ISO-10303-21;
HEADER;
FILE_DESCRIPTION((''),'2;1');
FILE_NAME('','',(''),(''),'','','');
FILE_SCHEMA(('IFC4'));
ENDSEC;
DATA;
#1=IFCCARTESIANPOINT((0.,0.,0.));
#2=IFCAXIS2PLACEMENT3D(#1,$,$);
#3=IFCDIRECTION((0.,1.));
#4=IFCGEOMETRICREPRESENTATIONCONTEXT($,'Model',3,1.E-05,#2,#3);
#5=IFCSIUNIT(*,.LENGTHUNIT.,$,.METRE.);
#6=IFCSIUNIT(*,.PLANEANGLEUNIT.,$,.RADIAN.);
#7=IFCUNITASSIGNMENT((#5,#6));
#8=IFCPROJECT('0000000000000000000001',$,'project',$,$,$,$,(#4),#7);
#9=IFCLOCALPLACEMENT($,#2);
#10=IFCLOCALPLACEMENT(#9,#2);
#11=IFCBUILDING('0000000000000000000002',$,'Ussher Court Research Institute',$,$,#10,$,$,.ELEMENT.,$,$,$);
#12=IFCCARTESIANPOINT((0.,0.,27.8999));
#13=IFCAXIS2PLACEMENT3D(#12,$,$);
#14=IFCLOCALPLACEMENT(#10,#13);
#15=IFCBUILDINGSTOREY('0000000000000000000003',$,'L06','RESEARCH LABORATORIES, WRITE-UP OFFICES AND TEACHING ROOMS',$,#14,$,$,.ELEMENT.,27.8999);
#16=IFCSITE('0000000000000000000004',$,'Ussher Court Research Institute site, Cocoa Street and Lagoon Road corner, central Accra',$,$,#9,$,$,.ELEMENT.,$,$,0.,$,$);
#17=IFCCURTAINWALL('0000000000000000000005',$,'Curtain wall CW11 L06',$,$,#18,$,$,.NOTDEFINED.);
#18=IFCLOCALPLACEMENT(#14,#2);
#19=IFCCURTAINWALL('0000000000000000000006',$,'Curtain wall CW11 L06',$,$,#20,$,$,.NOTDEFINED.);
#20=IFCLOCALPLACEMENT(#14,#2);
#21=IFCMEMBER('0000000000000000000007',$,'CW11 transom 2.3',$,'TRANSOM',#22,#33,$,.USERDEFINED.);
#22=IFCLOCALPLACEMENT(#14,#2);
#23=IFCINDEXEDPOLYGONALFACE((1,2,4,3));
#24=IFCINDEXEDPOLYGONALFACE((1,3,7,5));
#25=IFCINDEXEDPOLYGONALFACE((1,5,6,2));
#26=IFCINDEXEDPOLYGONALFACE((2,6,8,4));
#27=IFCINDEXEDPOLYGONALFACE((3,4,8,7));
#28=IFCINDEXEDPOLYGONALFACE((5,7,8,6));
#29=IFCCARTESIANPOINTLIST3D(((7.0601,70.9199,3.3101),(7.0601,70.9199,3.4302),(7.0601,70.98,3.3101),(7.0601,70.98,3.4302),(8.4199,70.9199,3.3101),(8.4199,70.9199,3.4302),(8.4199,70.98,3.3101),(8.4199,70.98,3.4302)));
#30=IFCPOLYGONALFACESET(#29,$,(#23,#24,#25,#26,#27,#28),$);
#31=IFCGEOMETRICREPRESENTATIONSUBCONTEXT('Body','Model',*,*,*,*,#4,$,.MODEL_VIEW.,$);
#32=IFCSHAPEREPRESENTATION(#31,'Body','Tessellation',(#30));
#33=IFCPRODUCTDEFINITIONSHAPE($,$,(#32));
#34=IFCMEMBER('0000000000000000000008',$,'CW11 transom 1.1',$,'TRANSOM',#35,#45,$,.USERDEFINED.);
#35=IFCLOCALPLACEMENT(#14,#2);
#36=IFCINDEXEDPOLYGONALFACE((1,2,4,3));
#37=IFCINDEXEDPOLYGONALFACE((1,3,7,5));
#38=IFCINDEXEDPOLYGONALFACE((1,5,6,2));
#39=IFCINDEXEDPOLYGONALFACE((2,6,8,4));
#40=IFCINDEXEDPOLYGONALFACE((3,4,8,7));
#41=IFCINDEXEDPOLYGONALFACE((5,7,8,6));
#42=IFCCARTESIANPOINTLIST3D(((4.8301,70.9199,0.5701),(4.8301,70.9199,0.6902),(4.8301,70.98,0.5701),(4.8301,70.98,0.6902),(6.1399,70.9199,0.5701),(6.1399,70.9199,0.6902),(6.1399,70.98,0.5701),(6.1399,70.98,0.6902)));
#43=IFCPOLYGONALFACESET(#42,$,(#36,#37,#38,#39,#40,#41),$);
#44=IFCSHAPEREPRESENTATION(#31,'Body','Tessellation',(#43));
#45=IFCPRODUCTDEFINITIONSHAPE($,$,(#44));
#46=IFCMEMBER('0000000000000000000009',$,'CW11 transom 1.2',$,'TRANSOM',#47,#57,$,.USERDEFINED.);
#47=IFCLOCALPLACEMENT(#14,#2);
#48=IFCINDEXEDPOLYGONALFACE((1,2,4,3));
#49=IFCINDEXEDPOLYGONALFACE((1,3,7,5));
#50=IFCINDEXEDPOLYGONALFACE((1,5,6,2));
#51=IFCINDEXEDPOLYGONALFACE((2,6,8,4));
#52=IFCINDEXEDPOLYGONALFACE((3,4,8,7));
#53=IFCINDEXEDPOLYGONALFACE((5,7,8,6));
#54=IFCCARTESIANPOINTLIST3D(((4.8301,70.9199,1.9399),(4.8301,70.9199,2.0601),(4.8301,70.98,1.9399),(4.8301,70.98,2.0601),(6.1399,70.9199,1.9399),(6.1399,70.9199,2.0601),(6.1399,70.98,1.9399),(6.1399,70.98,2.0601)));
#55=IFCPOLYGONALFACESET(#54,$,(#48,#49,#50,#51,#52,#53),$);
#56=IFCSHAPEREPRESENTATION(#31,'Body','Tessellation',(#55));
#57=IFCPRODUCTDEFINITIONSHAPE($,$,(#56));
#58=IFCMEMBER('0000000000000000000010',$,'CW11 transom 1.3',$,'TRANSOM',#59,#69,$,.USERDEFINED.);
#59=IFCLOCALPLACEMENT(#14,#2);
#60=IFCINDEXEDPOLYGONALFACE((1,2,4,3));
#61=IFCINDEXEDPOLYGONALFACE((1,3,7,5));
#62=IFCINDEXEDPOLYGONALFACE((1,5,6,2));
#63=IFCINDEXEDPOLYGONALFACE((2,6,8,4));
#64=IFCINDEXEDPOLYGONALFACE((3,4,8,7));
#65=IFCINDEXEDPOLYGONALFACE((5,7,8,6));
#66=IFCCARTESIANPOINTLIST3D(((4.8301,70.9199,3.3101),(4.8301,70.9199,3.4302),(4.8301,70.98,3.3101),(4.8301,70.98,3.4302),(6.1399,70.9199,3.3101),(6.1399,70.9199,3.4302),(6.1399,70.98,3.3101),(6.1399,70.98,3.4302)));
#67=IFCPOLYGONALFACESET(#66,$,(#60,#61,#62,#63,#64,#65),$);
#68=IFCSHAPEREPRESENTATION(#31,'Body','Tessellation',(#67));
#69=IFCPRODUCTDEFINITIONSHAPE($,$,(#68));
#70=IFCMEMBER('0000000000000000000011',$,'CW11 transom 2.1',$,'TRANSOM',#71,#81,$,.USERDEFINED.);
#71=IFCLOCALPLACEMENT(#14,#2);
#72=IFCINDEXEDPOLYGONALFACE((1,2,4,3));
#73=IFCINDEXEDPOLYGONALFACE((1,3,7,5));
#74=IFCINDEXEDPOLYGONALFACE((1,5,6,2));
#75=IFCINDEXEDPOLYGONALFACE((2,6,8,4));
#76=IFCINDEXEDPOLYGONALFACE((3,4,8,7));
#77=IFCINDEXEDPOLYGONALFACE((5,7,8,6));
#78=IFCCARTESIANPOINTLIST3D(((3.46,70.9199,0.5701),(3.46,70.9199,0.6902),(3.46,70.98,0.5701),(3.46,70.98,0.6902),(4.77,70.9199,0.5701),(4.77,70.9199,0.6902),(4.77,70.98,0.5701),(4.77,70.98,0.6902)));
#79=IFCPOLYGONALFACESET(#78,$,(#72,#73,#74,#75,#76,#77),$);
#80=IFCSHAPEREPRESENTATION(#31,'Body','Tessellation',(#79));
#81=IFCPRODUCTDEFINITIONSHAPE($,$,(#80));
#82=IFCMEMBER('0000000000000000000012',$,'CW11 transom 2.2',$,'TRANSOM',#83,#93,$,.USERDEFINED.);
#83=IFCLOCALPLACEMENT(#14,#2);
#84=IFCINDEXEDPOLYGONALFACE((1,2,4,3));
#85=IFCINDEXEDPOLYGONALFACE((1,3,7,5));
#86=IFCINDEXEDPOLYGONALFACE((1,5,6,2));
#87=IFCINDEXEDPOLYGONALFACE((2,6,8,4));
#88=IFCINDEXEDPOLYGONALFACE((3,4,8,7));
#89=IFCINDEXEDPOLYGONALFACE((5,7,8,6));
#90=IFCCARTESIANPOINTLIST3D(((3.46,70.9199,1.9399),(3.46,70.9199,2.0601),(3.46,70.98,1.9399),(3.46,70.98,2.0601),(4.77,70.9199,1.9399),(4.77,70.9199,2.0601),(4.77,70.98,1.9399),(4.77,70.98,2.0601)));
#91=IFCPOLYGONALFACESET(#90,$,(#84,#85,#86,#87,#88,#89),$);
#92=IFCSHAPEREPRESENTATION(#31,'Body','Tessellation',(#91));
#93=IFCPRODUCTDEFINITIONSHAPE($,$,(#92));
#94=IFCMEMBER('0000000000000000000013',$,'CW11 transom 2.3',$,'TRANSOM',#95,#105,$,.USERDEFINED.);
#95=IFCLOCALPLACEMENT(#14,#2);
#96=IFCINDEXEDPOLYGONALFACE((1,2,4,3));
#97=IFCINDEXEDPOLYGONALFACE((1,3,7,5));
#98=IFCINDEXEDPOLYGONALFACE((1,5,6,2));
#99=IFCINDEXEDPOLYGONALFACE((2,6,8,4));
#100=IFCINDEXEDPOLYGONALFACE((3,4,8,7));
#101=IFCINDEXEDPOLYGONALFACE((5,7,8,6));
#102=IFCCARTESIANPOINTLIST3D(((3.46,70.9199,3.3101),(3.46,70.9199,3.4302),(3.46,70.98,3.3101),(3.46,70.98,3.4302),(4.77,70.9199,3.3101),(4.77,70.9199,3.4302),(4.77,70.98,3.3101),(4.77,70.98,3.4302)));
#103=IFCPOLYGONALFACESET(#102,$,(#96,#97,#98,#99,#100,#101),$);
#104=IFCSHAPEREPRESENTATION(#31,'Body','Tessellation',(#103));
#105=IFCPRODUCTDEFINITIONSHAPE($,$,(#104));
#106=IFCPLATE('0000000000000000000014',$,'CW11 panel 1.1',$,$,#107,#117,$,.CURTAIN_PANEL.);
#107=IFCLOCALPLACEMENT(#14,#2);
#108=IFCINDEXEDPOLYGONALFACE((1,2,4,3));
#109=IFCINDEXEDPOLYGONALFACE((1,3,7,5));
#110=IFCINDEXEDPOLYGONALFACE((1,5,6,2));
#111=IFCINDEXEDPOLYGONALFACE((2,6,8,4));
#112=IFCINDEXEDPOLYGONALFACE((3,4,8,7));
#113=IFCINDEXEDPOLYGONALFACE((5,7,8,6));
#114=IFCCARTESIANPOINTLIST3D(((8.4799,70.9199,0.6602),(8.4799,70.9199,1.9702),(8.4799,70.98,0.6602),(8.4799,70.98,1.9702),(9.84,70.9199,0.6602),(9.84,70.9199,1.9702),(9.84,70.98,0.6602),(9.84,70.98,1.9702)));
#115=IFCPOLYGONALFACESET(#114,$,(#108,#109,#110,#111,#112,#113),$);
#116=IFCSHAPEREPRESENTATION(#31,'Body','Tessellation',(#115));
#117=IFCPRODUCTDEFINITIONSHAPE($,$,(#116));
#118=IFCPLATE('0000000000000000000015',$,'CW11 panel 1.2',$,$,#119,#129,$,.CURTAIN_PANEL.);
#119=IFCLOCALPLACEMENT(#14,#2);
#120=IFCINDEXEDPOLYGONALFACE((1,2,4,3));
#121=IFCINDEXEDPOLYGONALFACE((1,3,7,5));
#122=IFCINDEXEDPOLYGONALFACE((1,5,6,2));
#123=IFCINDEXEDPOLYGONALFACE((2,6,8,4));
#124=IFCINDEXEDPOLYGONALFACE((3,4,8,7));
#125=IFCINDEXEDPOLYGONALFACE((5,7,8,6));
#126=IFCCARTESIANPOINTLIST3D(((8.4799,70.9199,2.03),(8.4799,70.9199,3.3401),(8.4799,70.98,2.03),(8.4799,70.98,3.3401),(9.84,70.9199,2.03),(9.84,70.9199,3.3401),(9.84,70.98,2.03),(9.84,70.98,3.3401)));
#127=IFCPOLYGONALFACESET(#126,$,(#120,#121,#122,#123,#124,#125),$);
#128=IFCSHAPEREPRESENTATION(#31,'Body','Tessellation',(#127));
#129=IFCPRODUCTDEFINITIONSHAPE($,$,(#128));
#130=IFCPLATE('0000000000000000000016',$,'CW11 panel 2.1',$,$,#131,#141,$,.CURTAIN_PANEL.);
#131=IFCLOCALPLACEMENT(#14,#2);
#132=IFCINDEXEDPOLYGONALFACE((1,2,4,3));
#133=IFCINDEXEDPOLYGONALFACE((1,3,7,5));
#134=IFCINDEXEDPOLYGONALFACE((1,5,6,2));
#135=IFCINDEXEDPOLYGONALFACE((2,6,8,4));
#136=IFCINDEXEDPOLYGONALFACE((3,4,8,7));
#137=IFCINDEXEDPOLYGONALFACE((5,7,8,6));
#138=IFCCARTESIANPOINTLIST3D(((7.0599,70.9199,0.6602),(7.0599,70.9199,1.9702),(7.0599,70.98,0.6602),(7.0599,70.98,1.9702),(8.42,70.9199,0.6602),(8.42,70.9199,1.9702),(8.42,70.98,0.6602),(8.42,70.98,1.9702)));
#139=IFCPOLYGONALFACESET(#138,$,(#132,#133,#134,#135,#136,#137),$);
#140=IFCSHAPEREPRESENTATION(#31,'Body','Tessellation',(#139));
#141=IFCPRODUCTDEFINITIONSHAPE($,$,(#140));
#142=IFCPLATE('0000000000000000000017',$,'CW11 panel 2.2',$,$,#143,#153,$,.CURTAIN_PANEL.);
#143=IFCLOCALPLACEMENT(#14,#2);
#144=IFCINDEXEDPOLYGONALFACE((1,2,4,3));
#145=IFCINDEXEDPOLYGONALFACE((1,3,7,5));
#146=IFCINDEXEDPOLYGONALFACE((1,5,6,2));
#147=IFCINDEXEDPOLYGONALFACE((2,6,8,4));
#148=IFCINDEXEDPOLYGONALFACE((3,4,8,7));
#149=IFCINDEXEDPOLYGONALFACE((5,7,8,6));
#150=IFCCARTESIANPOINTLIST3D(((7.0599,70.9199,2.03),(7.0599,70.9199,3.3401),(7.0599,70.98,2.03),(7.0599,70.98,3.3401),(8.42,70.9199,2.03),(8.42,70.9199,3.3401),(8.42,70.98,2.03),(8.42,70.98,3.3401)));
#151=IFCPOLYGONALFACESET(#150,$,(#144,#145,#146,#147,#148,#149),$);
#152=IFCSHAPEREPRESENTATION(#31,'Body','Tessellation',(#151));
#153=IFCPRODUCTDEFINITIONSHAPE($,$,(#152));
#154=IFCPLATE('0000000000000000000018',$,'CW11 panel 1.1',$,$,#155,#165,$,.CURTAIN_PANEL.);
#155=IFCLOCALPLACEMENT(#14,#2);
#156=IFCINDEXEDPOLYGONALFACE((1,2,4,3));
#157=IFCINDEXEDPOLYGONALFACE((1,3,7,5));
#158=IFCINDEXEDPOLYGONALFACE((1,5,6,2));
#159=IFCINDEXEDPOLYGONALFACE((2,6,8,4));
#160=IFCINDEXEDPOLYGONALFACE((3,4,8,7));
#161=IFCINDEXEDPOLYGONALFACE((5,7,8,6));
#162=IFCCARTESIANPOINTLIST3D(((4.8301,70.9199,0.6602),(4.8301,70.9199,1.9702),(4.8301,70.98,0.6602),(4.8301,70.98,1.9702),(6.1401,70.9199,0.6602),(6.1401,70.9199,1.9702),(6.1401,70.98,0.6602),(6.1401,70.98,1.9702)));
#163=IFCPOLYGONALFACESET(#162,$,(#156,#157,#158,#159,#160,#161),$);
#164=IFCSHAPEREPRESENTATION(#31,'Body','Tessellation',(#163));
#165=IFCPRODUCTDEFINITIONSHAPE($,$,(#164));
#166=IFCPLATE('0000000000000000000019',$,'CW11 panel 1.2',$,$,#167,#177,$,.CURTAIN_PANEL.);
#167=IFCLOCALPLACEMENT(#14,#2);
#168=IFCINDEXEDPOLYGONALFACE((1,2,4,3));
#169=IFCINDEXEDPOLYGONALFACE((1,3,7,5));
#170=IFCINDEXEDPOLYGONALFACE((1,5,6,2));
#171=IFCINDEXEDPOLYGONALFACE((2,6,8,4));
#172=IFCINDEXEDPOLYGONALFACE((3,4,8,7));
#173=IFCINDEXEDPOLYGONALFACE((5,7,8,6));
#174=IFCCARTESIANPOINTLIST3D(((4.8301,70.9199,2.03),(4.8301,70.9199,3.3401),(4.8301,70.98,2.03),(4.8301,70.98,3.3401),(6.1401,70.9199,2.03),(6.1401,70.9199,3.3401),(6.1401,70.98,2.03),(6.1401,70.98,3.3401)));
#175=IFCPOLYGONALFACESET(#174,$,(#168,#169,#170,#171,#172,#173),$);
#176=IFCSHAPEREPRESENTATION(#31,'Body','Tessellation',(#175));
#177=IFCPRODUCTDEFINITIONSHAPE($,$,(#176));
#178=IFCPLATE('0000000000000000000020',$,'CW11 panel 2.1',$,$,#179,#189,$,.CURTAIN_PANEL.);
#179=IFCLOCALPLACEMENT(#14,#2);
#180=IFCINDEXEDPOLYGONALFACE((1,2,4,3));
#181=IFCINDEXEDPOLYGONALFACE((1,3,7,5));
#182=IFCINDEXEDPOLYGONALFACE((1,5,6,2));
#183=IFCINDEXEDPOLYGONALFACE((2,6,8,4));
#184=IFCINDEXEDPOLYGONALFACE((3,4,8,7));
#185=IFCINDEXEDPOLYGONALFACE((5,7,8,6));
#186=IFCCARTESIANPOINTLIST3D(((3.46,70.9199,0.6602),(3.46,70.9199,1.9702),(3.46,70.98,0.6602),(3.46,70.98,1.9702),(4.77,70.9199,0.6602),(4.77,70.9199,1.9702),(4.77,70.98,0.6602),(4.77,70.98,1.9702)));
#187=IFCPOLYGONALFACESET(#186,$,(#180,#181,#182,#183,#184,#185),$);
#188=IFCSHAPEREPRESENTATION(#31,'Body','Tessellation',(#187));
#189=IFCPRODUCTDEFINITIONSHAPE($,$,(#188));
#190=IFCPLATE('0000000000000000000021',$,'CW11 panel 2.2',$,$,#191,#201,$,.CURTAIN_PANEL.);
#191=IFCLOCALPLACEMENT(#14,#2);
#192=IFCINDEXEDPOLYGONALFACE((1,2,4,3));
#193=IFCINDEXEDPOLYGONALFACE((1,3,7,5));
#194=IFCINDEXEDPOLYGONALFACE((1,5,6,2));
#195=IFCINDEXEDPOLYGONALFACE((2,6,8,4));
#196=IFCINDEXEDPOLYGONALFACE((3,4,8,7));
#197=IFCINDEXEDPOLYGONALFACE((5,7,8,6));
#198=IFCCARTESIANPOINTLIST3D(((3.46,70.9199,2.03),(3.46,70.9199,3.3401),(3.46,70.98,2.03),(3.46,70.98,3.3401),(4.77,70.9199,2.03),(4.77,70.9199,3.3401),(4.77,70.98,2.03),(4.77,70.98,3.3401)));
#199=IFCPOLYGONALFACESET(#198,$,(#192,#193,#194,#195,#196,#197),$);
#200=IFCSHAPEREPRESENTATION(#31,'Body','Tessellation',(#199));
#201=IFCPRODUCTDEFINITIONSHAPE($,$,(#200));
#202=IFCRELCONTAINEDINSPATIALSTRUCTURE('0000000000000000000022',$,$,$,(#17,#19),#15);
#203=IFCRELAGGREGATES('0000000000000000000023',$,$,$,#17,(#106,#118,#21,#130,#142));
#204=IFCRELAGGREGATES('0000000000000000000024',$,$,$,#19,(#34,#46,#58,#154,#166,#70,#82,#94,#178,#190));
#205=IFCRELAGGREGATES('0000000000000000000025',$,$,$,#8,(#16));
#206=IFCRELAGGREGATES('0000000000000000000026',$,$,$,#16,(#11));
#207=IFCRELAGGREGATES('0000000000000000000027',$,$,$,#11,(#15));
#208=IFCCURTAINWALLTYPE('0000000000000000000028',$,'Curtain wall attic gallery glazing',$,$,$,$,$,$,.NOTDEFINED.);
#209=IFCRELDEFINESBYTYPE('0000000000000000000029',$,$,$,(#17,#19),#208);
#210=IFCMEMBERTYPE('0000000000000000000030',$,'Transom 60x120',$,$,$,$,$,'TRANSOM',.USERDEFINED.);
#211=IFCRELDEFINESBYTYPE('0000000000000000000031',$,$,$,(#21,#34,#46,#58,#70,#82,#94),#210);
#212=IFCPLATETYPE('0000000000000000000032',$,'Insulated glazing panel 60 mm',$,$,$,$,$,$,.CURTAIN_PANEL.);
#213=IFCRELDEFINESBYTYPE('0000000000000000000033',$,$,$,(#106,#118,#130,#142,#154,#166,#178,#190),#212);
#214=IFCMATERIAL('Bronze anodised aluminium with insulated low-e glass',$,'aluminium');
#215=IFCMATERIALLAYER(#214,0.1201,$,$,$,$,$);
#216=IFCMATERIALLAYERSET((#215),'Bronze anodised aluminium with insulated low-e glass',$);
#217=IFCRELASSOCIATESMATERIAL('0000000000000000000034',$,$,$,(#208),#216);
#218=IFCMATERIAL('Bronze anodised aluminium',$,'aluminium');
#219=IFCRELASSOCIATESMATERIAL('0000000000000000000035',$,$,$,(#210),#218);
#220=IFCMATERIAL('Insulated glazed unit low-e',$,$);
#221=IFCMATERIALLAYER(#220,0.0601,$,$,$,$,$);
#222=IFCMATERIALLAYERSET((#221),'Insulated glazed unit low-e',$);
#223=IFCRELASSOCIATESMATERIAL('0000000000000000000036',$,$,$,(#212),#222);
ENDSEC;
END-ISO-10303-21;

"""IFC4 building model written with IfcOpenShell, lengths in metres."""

from ifc_helpers import new_model, si_unit, direction, frame, origin, origin_2d, place, context, subcontext, project, spatial, rectangle, extrude, material, layer, layer_set, material_profile, profile_set, type_object, element, aggregate, save


model = new_model("IFC4")

# Units and contexts
model_context = context("Model", 3, precision=1e-05, world=origin(), true_north=direction((0.0, 1.0)))
body_context = subcontext(model_context, "Body", "Model", "MODEL_VIEW")
ifc_project = project(units=[si_unit("LENGTHUNIT", "METRE"), si_unit("PLANEANGLEUNIT", "RADIAN")], contexts=[model_context])

# Site, building, storey
site_placement = place(None, origin())
site = spatial("IfcSite", under=ifc_project, at=site_placement, Name="Ussher Court Research Institute site, Cocoa Street and Lagoon Road corner, central Accra", CompositionType="ELEMENT", RefElevation=0.0)
building_placement = place(site_placement, origin())
building = spatial("IfcBuilding", under=site, at=building_placement, Name="Ussher Court Research Institute", CompositionType="ELEMENT")
storey_placement = place(building_placement, frame((0.0, 0.0, 27.8999)))
storey = spatial("IfcBuildingStorey", under=building, at=storey_placement, Name="L06", Description="RESEARCH LABORATORIES, WRITE-UP OFFICES AND TEACHING ROOMS", CompositionType="ELEMENT", Elevation=27.8999)

# Curtain walls
ifc_material_1 = material(Name="Bronze anodised aluminium with insulated low-e glass", Category="aluminium")
ifc_layer_1 = layer(ifc_material_1, 0.1201)
ifc_layer_set_1 = layer_set([ifc_layer_1], Name="Bronze anodised aluminium with insulated low-e glass")
curtain_wall_type = type_object("IfcCurtainWallType", Name="Curtain wall attic gallery glazing", PredefinedType="NOTDEFINED", material=ifc_layer_set_1)
curtain_wall_1_placement = place(storey_placement, origin())
curtain_wall_1 = element("IfcCurtainWall", 1, at=curtain_wall_1_placement, inside=storey, type_object=curtain_wall_type, Name="Curtain wall CW11 L06", PredefinedType="NOTDEFINED")
curtain_wall_2_placement = place(storey_placement, origin())
curtain_wall_2 = element("IfcCurtainWall", 2, at=curtain_wall_2_placement, inside=storey, type_object=curtain_wall_type, Name="Curtain wall CW11 L06", PredefinedType="NOTDEFINED")

# Members
ifc_material_2 = material(Name="Bronze anodised aluminium", Category="aluminium")
ifc_material_profile_1 = material_profile(ifc_material_2, rectangle(XDim=0.0601, YDim=0.1201, at=origin_2d()), Name="Transom 60x120")
ifc_profile_set_1 = profile_set([ifc_material_profile_1], Name="Bronze anodised aluminium")
member_type_1 = type_object("IfcMemberType", Name="Transom 60x120", ElementType="TRANSOM", PredefinedType="USERDEFINED", material=ifc_profile_set_1)
member_1_placement = place(storey_placement, frame((8.4199, 70.95, 3.3701), z_axis=(-1.0, 0.0, 0.0), x_axis=(0.0, -1.0, 0.0)))
member_1 = element("IfcMember", 3, at=member_1_placement, type_object=member_type_1, Name="CW11 transom 2.3", ObjectType="TRANSOM", PredefinedType="USERDEFINED", context=body_context, shape_type="SweptSolid", body=[
    extrude(rectangle(XDim=0.0601, YDim=0.1201, at=origin_2d()), origin(), (0.0, 0.0, 1.0), 1.3599),
])
member_2_placement = place(storey_placement, frame((6.1399, 70.95, 0.6301), z_axis=(-1.0, 0.0, 0.0), x_axis=(0.0, -1.0, 0.0)))
member_2 = element("IfcMember", 4, at=member_2_placement, type_object=member_type_1, Name="CW11 transom 1.1", ObjectType="TRANSOM", PredefinedType="USERDEFINED", context=body_context, shape_type="SweptSolid", body=[
    extrude(rectangle(XDim=0.0601, YDim=0.1201, at=origin_2d()), origin(), (0.0, 0.0, 1.0), 1.3098),
])
member_3_placement = place(storey_placement, frame((6.1399, 70.95, 2.0), z_axis=(-1.0, 0.0, 0.0), x_axis=(0.0, -1.0, 0.0)))
member_3 = element("IfcMember", 5, at=member_3_placement, type_object=member_type_1, Name="CW11 transom 1.2", ObjectType="TRANSOM", PredefinedType="USERDEFINED", context=body_context, shape_type="SweptSolid", body=[
    extrude(rectangle(XDim=0.0601, YDim=0.1201, at=origin_2d()), origin(), (0.0, 0.0, 1.0), 1.3098),
])
member_4_placement = place(storey_placement, frame((6.1399, 70.95, 3.3701), z_axis=(-1.0, 0.0, 0.0), x_axis=(0.0, -1.0, 0.0)))
member_4 = element("IfcMember", 6, at=member_4_placement, type_object=member_type_1, Name="CW11 transom 1.3", ObjectType="TRANSOM", PredefinedType="USERDEFINED", context=body_context, shape_type="SweptSolid", body=[
    extrude(rectangle(XDim=0.0601, YDim=0.1201, at=origin_2d()), origin(), (0.0, 0.0, 1.0), 1.3098),
])
member_5_placement = place(storey_placement, frame((4.77, 70.95, 0.6301), z_axis=(-1.0, 0.0, 0.0), x_axis=(0.0, -1.0, 0.0)))
member_5 = element("IfcMember", 7, at=member_5_placement, type_object=member_type_1, Name="CW11 transom 2.1", ObjectType="TRANSOM", PredefinedType="USERDEFINED", context=body_context, shape_type="SweptSolid", body=[
    extrude(rectangle(XDim=0.0601, YDim=0.1201, at=origin_2d()), origin(), (0.0, 0.0, 1.0), 1.3101),
])
member_6_placement = place(storey_placement, frame((4.77, 70.95, 2.0), z_axis=(-1.0, 0.0, 0.0), x_axis=(0.0, -1.0, 0.0)))
member_6 = element("IfcMember", 8, at=member_6_placement, type_object=member_type_1, Name="CW11 transom 2.2", ObjectType="TRANSOM", PredefinedType="USERDEFINED", context=body_context, shape_type="SweptSolid", body=[
    extrude(rectangle(XDim=0.0601, YDim=0.1201, at=origin_2d()), origin(), (0.0, 0.0, 1.0), 1.3101),
])
member_7_placement = place(storey_placement, frame((4.77, 70.95, 3.3701), z_axis=(-1.0, 0.0, 0.0), x_axis=(0.0, -1.0, 0.0)))
member_7 = element("IfcMember", 9, at=member_7_placement, type_object=member_type_1, Name="CW11 transom 2.3", ObjectType="TRANSOM", PredefinedType="USERDEFINED", context=body_context, shape_type="SweptSolid", body=[
    extrude(rectangle(XDim=0.0601, YDim=0.1201, at=origin_2d()), origin(), (0.0, 0.0, 1.0), 1.3101),
])

# Plates
ifc_material_3 = material(Name="Insulated glazed unit low-e")
ifc_layer_2 = layer(ifc_material_3, 0.0601)
ifc_layer_set_2 = layer_set([ifc_layer_2], Name="Insulated glazed unit low-e")
plate_type = type_object("IfcPlateType", Name="Insulated glazing panel 60 mm", PredefinedType="CURTAIN_PANEL", material=ifc_layer_set_2)
plate_1_placement = place(storey_placement, frame((9.1599, 70.95, 0.6602), z_axis=(0.0, 0.0, 1.0), x_axis=(-1.0, 0.0, 0.0)))
plate_1 = element("IfcPlate", 10, at=plate_1_placement, type_object=plate_type, Name="CW11 panel 1.1", PredefinedType="CURTAIN_PANEL", context=body_context, shape_type="SweptSolid", body=[
    extrude(rectangle(XDim=1.3601, YDim=0.0601, at=origin_2d()), origin(), (0.0, 0.0, 1.0), 1.3101),
])
plate_2_placement = place(storey_placement, frame((9.1599, 70.95, 2.03), z_axis=(0.0, 0.0, 1.0), x_axis=(-1.0, 0.0, 0.0)))
plate_2 = element("IfcPlate", 11, at=plate_2_placement, type_object=plate_type, Name="CW11 panel 1.2", PredefinedType="CURTAIN_PANEL", context=body_context, shape_type="SweptSolid", body=[
    extrude(rectangle(XDim=1.3601, YDim=0.0601, at=origin_2d()), origin(), (0.0, 0.0, 1.0), 1.3101),
])
plate_3_placement = place(storey_placement, frame((7.74, 70.95, 0.6602), z_axis=(0.0, 0.0, 1.0), x_axis=(-1.0, 0.0, 0.0)))
plate_3 = element("IfcPlate", 12, at=plate_3_placement, type_object=plate_type, Name="CW11 panel 2.1", PredefinedType="CURTAIN_PANEL", context=body_context, shape_type="SweptSolid", body=[
    extrude(rectangle(XDim=1.3601, YDim=0.0601, at=origin_2d()), origin(), (0.0, 0.0, 1.0), 1.3101),
])
plate_4_placement = place(storey_placement, frame((7.74, 70.95, 2.03), z_axis=(0.0, 0.0, 1.0), x_axis=(-1.0, 0.0, 0.0)))
plate_4 = element("IfcPlate", 13, at=plate_4_placement, type_object=plate_type, Name="CW11 panel 2.2", PredefinedType="CURTAIN_PANEL", context=body_context, shape_type="SweptSolid", body=[
    extrude(rectangle(XDim=1.3601, YDim=0.0601, at=origin_2d()), origin(), (0.0, 0.0, 1.0), 1.3101),
])
aggregate(curtain_wall_1, [plate_1, plate_2, member_1, plate_3, plate_4])
plate_5_placement = place(storey_placement, frame((5.4851, 70.95, 0.6602), z_axis=(0.0, 0.0, 1.0), x_axis=(-1.0, 0.0, 0.0)))
plate_5 = element("IfcPlate", 14, at=plate_5_placement, type_object=plate_type, Name="CW11 panel 1.1", PredefinedType="CURTAIN_PANEL", context=body_context, shape_type="SweptSolid", body=[
    extrude(rectangle(XDim=1.3101, YDim=0.0601, at=origin_2d()), origin(), (0.0, 0.0, 1.0), 1.3101),
])
plate_6_placement = place(storey_placement, frame((5.4851, 70.95, 2.03), z_axis=(0.0, 0.0, 1.0), x_axis=(-1.0, 0.0, 0.0)))
plate_6 = element("IfcPlate", 15, at=plate_6_placement, type_object=plate_type, Name="CW11 panel 1.2", PredefinedType="CURTAIN_PANEL", context=body_context, shape_type="SweptSolid", body=[
    extrude(rectangle(XDim=1.3101, YDim=0.0601, at=origin_2d()), origin(), (0.0, 0.0, 1.0), 1.3101),
])
plate_7_placement = place(storey_placement, frame((4.115, 70.95, 0.6602), z_axis=(0.0, 0.0, 1.0), x_axis=(-1.0, 0.0, 0.0)))
plate_7 = element("IfcPlate", 16, at=plate_7_placement, type_object=plate_type, Name="CW11 panel 2.1", PredefinedType="CURTAIN_PANEL", context=body_context, shape_type="SweptSolid", body=[
    extrude(rectangle(XDim=1.3101, YDim=0.0601, at=origin_2d()), origin(), (0.0, 0.0, 1.0), 1.3101),
])
plate_8_placement = place(storey_placement, frame((4.115, 70.95, 2.03), z_axis=(0.0, 0.0, 1.0), x_axis=(-1.0, 0.0, 0.0)))
plate_8 = element("IfcPlate", 17, at=plate_8_placement, type_object=plate_type, Name="CW11 panel 2.2", PredefinedType="CURTAIN_PANEL", context=body_context, shape_type="SweptSolid", body=[
    extrude(rectangle(XDim=1.3101, YDim=0.0601, at=origin_2d()), origin(), (0.0, 0.0, 1.0), 1.3101),
])
aggregate(curtain_wall_2, [member_2, member_3, member_4, plate_5, plate_6, member_5, member_6, member_7, plate_7, plate_8])

save(model, "model.ifc")
